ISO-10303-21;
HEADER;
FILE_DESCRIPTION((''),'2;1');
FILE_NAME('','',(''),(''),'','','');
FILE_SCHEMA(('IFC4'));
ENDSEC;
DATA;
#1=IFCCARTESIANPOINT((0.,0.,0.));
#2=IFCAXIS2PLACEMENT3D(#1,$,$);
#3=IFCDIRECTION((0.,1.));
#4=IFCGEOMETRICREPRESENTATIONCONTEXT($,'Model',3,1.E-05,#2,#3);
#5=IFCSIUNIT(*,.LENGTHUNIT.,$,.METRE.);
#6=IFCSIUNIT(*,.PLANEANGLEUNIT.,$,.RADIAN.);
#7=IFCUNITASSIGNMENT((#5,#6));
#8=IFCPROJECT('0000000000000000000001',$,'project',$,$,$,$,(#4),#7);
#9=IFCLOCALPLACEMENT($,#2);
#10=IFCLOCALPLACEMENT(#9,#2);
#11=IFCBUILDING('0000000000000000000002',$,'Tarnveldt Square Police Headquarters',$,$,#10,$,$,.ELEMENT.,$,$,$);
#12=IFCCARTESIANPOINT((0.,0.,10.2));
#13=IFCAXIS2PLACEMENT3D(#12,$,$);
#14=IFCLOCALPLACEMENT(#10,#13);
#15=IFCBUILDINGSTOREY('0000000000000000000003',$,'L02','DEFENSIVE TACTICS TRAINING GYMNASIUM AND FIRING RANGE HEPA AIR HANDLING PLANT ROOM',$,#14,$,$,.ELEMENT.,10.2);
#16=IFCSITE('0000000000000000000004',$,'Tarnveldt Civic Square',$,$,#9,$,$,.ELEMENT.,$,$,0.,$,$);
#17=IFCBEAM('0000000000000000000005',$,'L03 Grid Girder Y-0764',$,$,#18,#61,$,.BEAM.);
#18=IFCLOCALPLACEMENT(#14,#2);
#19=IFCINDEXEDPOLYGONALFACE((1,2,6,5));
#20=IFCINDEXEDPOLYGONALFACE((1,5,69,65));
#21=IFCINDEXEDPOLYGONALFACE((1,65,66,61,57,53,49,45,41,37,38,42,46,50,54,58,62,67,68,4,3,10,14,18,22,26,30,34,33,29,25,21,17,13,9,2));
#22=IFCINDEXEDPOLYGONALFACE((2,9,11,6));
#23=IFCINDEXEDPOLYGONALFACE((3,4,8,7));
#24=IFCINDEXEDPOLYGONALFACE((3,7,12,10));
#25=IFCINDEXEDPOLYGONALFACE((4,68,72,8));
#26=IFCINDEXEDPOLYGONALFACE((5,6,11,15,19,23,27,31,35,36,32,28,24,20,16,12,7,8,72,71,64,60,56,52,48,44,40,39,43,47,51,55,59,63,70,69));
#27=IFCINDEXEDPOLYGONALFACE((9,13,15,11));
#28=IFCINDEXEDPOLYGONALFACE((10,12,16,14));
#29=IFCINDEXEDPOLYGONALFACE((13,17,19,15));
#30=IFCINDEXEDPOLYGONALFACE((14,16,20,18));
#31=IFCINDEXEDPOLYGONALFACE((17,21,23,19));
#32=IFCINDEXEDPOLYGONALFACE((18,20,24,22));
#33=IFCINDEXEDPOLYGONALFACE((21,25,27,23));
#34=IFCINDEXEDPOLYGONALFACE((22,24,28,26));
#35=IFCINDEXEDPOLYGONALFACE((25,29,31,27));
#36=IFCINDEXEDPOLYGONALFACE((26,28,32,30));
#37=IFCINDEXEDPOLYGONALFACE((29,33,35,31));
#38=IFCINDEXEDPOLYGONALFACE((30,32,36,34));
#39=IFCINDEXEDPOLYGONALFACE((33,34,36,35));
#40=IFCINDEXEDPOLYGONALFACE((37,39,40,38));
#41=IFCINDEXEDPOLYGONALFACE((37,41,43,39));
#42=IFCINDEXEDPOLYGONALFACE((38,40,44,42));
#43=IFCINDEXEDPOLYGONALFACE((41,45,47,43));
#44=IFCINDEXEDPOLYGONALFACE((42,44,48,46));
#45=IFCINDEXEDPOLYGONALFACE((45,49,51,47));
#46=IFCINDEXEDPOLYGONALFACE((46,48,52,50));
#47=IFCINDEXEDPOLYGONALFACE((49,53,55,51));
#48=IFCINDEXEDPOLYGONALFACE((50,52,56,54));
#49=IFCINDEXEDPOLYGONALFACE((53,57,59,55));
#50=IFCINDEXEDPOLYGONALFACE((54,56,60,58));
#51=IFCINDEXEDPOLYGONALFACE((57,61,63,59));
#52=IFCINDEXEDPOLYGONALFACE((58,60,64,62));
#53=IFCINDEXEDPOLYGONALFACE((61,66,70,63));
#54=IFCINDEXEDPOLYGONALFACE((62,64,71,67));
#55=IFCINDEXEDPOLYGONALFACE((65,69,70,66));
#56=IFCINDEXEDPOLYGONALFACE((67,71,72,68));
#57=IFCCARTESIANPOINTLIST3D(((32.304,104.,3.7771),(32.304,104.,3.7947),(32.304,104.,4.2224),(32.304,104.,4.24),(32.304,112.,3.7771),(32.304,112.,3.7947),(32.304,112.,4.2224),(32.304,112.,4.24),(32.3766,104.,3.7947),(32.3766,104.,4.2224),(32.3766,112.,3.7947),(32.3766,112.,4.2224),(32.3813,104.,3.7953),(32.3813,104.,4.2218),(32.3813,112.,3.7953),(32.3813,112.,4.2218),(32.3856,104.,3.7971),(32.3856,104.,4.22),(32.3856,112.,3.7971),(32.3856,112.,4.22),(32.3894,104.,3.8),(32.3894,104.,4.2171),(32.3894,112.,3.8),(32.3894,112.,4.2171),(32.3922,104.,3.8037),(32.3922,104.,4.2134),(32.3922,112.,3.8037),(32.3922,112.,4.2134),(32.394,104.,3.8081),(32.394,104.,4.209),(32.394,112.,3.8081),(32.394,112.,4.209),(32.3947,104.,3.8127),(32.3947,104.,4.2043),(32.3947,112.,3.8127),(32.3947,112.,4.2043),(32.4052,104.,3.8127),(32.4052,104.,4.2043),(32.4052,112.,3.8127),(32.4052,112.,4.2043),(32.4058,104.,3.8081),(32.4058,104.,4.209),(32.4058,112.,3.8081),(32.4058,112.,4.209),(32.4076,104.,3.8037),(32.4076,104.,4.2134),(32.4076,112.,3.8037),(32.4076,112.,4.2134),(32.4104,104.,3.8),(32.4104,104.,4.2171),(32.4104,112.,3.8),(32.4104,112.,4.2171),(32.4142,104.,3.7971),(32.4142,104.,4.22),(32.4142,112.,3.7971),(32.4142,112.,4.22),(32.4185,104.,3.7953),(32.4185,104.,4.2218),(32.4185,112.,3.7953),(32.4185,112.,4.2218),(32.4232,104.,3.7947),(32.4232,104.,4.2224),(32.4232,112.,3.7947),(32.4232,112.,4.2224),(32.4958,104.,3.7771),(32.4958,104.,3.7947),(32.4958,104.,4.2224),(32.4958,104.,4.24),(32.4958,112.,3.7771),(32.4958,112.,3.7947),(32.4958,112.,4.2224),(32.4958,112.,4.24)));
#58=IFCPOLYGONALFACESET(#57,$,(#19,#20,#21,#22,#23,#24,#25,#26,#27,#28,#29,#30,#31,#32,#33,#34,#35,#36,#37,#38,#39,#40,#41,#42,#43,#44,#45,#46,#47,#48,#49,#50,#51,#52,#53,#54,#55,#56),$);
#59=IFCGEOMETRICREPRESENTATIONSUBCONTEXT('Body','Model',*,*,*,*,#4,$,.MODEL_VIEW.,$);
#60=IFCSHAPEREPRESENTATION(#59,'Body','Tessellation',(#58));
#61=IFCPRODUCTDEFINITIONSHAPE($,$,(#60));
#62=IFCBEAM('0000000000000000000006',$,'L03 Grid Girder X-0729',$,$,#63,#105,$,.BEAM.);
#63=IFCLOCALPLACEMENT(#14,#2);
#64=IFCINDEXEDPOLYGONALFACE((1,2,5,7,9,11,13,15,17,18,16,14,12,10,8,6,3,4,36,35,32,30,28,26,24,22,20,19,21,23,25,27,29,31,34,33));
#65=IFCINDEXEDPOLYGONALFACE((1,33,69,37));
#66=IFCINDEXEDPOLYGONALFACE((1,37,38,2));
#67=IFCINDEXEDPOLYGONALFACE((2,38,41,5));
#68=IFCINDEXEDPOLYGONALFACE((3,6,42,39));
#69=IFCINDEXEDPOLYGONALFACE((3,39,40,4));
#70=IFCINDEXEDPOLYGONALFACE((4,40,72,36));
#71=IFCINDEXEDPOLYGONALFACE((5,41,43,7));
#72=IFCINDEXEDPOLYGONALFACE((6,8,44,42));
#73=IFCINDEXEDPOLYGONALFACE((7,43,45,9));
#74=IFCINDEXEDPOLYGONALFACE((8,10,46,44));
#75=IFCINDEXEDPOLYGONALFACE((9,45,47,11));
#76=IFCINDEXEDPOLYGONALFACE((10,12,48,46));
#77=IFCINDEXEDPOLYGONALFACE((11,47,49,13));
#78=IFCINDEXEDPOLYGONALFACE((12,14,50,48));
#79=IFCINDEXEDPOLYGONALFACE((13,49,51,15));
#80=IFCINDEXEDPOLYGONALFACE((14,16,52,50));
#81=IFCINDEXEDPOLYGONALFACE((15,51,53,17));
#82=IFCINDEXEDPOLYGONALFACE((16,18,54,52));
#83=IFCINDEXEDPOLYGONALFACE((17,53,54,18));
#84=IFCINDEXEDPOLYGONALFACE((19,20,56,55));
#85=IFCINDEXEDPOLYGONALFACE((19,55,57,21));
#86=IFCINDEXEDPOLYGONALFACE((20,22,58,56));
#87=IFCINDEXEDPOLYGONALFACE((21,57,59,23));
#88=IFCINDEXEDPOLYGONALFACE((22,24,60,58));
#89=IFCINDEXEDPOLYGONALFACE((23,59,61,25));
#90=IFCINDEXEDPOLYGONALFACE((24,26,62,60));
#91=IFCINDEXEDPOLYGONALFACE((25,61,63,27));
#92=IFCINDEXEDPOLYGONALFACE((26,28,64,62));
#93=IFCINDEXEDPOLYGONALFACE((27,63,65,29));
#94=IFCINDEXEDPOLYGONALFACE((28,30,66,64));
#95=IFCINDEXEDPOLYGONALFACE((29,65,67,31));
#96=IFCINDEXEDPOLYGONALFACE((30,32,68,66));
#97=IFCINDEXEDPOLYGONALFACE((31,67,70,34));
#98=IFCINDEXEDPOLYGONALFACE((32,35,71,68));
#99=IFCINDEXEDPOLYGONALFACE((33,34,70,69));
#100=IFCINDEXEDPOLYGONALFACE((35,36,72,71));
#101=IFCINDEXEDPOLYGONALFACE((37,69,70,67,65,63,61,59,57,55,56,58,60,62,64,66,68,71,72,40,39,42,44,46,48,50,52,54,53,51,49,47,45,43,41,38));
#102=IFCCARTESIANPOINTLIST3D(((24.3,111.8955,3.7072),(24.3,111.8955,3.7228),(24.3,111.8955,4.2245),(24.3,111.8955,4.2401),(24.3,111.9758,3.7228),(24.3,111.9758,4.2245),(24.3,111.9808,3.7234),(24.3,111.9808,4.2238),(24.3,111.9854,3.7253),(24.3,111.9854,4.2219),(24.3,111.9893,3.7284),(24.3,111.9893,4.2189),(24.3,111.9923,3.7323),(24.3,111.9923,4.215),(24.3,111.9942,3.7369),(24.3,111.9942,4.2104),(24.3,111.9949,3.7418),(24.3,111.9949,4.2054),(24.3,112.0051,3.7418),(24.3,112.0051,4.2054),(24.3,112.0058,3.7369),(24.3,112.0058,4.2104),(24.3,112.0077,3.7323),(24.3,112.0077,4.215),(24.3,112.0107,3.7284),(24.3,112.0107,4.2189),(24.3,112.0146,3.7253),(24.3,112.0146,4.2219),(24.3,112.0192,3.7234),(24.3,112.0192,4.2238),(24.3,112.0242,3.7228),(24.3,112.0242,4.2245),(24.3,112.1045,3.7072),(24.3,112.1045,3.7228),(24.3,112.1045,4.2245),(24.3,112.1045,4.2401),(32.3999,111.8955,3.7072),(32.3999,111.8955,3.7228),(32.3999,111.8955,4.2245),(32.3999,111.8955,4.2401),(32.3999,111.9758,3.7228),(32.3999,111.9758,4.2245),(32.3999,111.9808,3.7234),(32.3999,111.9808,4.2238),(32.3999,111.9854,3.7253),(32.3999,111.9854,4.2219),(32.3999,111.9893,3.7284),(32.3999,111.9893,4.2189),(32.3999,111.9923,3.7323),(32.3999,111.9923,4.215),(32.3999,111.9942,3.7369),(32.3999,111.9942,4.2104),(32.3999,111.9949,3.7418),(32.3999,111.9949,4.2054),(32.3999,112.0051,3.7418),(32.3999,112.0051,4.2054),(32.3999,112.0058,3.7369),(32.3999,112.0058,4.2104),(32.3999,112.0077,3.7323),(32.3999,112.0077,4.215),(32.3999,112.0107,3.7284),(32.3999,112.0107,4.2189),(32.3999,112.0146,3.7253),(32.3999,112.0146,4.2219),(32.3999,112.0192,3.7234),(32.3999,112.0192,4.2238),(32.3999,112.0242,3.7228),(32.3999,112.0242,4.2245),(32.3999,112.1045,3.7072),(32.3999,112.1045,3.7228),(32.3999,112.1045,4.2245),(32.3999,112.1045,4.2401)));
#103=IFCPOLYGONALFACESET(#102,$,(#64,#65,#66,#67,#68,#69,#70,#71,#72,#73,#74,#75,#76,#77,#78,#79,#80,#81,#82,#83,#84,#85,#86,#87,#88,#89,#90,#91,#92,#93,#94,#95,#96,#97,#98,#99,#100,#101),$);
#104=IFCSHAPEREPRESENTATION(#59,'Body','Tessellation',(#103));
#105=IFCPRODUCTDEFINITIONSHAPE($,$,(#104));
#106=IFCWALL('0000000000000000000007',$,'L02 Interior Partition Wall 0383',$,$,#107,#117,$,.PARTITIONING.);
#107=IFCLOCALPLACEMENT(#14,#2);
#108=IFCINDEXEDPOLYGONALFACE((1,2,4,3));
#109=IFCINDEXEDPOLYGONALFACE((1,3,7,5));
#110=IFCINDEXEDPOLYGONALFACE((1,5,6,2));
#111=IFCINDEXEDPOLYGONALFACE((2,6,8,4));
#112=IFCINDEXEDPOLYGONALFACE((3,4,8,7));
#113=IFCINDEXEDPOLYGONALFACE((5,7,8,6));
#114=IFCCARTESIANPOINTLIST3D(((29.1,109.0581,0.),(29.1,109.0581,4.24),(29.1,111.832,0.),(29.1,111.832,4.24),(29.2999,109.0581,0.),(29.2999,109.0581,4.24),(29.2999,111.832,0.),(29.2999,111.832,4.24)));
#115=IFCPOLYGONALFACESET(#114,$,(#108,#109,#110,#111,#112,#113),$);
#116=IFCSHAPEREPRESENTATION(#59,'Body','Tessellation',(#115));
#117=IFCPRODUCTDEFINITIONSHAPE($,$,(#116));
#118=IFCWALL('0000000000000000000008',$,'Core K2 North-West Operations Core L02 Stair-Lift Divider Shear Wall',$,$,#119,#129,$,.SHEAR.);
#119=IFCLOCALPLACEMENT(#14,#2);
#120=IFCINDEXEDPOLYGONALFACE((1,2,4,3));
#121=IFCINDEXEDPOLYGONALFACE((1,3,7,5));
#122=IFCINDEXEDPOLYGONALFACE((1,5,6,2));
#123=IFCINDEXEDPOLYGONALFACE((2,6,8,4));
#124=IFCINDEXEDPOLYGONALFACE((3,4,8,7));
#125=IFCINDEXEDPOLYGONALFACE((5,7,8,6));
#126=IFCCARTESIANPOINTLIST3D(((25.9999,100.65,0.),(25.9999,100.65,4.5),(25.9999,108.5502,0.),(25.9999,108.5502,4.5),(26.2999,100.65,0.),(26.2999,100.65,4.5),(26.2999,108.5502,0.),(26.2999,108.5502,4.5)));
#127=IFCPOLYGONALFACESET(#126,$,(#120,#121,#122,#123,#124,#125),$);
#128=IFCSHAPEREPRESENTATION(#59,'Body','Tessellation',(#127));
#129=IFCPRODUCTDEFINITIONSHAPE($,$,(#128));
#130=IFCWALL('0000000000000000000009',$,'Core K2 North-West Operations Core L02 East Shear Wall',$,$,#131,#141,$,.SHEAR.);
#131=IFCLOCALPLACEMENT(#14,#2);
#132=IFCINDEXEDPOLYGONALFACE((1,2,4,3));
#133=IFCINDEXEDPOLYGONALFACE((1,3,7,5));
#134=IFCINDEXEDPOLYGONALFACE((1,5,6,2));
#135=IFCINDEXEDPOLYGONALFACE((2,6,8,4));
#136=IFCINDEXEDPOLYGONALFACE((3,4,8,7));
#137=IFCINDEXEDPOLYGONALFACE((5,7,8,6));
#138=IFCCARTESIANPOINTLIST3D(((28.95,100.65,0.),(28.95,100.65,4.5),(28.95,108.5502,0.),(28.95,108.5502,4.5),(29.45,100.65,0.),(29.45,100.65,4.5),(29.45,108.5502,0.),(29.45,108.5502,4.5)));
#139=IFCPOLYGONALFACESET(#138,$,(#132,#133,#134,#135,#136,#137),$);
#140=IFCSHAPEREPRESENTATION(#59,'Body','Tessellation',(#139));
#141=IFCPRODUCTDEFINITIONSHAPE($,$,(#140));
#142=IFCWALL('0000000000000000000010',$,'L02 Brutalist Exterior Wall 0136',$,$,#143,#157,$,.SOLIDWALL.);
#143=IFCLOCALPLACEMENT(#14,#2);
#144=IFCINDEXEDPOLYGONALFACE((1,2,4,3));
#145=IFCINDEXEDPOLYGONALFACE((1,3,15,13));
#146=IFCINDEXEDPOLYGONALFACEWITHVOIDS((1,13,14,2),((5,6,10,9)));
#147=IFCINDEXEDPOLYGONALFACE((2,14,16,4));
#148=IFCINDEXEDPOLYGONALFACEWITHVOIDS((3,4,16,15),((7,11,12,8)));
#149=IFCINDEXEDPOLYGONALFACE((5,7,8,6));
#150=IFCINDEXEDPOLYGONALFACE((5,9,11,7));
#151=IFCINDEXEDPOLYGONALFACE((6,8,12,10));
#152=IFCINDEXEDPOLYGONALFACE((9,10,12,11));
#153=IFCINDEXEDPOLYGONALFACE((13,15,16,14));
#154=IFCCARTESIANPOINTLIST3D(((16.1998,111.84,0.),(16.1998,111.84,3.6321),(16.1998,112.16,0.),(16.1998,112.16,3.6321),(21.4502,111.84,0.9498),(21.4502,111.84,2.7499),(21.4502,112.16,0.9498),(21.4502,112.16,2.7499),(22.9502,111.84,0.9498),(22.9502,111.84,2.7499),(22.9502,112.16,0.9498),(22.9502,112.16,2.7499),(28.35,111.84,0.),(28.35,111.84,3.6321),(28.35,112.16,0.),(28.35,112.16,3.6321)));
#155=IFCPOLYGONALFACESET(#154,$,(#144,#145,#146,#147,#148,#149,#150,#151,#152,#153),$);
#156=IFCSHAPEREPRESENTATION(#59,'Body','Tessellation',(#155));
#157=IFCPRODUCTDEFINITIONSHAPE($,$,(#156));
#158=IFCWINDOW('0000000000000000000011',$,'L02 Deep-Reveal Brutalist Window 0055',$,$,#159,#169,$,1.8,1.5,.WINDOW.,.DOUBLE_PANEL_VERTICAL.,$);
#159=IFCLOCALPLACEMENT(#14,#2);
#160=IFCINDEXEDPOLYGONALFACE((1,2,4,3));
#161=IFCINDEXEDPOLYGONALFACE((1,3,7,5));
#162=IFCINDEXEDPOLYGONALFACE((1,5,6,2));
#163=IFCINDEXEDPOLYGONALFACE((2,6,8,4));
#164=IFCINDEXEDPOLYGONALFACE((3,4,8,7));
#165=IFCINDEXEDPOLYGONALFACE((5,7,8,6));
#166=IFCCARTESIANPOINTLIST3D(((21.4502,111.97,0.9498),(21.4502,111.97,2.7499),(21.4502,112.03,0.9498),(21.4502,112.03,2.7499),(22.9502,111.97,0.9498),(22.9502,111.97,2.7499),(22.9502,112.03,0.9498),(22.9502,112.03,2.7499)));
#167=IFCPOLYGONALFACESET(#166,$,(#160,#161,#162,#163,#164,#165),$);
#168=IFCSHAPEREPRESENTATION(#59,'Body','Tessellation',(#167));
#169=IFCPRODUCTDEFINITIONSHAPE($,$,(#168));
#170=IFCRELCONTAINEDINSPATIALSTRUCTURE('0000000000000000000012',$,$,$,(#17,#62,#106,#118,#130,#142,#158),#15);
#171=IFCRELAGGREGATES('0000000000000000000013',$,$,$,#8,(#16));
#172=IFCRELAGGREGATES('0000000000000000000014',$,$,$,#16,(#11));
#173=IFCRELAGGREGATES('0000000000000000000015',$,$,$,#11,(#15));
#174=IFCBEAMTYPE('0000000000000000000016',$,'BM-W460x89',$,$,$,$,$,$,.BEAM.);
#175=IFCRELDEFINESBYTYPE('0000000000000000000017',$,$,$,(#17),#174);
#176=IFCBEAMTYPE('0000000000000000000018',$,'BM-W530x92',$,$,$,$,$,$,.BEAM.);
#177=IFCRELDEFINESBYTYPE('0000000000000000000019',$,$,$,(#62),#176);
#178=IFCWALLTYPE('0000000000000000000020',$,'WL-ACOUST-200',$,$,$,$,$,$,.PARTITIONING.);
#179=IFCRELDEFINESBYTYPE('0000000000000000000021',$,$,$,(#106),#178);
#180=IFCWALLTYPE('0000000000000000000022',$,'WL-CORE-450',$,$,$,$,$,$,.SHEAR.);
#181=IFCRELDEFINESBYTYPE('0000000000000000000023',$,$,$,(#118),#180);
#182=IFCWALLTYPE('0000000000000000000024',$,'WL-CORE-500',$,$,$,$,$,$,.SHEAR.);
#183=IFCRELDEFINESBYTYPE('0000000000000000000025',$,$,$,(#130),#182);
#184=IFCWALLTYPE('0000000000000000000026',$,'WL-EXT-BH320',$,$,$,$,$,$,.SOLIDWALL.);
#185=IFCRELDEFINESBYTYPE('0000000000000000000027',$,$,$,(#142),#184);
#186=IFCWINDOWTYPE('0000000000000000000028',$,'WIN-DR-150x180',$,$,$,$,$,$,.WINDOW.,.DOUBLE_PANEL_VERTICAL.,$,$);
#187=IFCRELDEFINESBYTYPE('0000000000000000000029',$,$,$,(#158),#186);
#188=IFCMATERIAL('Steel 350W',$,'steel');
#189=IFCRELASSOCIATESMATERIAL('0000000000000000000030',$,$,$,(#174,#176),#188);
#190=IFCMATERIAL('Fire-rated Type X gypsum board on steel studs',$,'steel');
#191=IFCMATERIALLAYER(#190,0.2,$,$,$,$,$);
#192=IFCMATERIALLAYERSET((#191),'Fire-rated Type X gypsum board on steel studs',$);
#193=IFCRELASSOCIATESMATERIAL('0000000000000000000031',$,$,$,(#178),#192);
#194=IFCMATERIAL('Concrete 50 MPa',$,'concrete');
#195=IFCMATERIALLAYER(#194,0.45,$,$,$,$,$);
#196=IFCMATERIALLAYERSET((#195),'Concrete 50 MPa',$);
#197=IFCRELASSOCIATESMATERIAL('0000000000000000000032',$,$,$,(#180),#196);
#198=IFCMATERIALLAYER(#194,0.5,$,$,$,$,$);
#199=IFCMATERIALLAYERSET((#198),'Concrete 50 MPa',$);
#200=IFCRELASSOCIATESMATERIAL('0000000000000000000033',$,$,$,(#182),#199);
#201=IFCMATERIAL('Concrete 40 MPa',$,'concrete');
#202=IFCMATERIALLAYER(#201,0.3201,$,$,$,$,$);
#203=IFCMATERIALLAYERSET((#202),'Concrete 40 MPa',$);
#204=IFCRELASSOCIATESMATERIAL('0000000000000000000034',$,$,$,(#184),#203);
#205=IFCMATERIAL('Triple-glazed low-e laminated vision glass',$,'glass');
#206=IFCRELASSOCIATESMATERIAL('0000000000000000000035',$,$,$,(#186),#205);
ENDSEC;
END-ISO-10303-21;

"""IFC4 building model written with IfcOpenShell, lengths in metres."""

from ifc_helpers import new_model, si_unit, direction, frame, frame_2d, origin, origin_2d, place, context, subcontext, project, spatial, rectangle, i_section, extrude, material, layer, layer_set, material_profile, profile_set, type_object, element, fill, save


model = new_model("IFC4")

# Units and contexts
model_context = context("Model", 3, precision=1e-05, world=origin(), true_north=direction((0.0, 1.0)))
body_context = subcontext(model_context, "Body", "Model", "MODEL_VIEW")
ifc_project = project(units=[si_unit("LENGTHUNIT", "METRE"), si_unit("PLANEANGLEUNIT", "RADIAN")], contexts=[model_context])

# Site, building, storey
site_placement = place(None, origin())
site = spatial("IfcSite", under=ifc_project, at=site_placement, Name="Tarnveldt Civic Square", CompositionType="ELEMENT", RefElevation=0.0)
building_placement = place(site_placement, origin())
building = spatial("IfcBuilding", under=site, at=building_placement, Name="Tarnveldt Square Police Headquarters", CompositionType="ELEMENT")
storey_placement = place(building_placement, frame((0.0, 0.0, 10.2)))
storey = spatial("IfcBuildingStorey", under=building, at=storey_placement, Name="L02", Description="DEFENSIVE TACTICS TRAINING GYMNASIUM AND FIRING RANGE HEPA AIR HANDLING PLANT ROOM", CompositionType="ELEMENT", Elevation=10.2)

# Shared definitions
ifc_material_1 = material(Name="Concrete 50 MPa", Category="concrete")

# Beams
ifc_material_2 = material(Name="Concrete 40 MPa", Category="concrete")
ifc_material_3 = material(Name="Steel 350W", Category="steel")
ifc_material_profile_1 = material_profile(ifc_material_3, i_section(OverallWidth=0.1919, OverallDepth=0.4629, WebThickness=0.0105, FlangeThickness=0.0176, FilletRadius=0.0181, at=origin_2d()), Name="W460x89")
ifc_profile_set_1 = profile_set([ifc_material_profile_1], Name="Steel 350W")
beam_type_1 = type_object("IfcBeamType", Name="BM-W460x89", PredefinedType="BEAM", material=ifc_profile_set_1)
beam_1_placement = place(storey_placement, frame((32.3999, 104.0, 4.0085), z_axis=(0.0, 1.0, 0.0), x_axis=(-1.0, 0.0, 0.0)))
element("IfcBeam", 1, at=beam_1_placement, inside=storey, type_object=beam_type_1, Name="L03 Grid Girder Y-0764", PredefinedType="BEAM", context=body_context, shape_type="SweptSolid", body=[
    extrude(i_section(OverallWidth=0.1919, OverallDepth=0.4629, WebThickness=0.0105, FlangeThickness=0.0176, FilletRadius=0.0181, at=origin_2d()), origin(), (0.0, 0.0, 1.0), 8.0),
])
ifc_material_profile_2 = material_profile(ifc_material_3, i_section(OverallWidth=0.209, OverallDepth=0.533, WebThickness=0.0103, FlangeThickness=0.0156, FilletRadius=0.019, at=origin_2d()), Name="W530x92")
ifc_profile_set_2 = profile_set([ifc_material_profile_2], Name="Steel 350W")
beam_type_2 = type_object("IfcBeamType", Name="BM-W530x92", PredefinedType="BEAM", material=ifc_profile_set_2)
beam_2_placement = place(storey_placement, frame((24.3, 112.0, 3.9736), z_axis=(1.0, 0.0, 0.0), x_axis=(0.0, 1.0, 0.0)))
element("IfcBeam", 2, at=beam_2_placement, inside=storey, type_object=beam_type_2, Name="L03 Grid Girder X-0729", PredefinedType="BEAM", context=body_context, shape_type="SweptSolid", body=[
    extrude(i_section(OverallWidth=0.209, OverallDepth=0.533, WebThickness=0.0103, FlangeThickness=0.0156, FilletRadius=0.019, at=origin_2d()), origin(), (0.0, 0.0, 1.0), 8.0999),
])

# Walls
ifc_material_4 = material(Name="Fire-rated Type X gypsum board on steel studs", Category="steel")
ifc_layer_1 = layer(ifc_material_4, 0.2)
ifc_layer_set_1 = layer_set([ifc_layer_1], Name="Fire-rated Type X gypsum board on steel studs")
wall_type_1 = type_object("IfcWallType", Name="WL-ACOUST-200", PredefinedType="PARTITIONING", material=ifc_layer_set_1)
wall_1_placement = place(storey_placement, frame((29.2, 109.0581, 0.0), z_axis=(0.0, 0.0, 1.0), x_axis=(0.0, 1.0, 0.0)))
element("IfcWall", 3, at=wall_1_placement, inside=storey, type_object=wall_type_1, Name="L02 Interior Partition Wall 0383", PredefinedType="PARTITIONING", context=body_context, shape_type="SweptSolid", body=[
    extrude(rectangle(XDim=2.7739, YDim=0.2, at=frame_2d((1.387, 0.0))), origin(), (0.0, 0.0, 1.0), 4.24),
])
ifc_layer_2 = layer(ifc_material_1, 0.45)
ifc_layer_set_2 = layer_set([ifc_layer_2], Name="Concrete 50 MPa")
wall_type_2 = type_object("IfcWallType", Name="WL-CORE-450", PredefinedType="SHEAR", material=ifc_layer_set_2)
wall_2_placement = place(storey_placement, frame((26.1499, 100.6499, 0.0), z_axis=(0.0, 0.0, 1.0), x_axis=(0.0, 1.0, 0.0)))
element("IfcWall", 4, at=wall_2_placement, inside=storey, type_object=wall_type_2, Name="Core K2 North-West Operations Core L02 Stair-Lift Divider Shear Wall", PredefinedType="SHEAR", context=body_context, shape_type="SweptSolid", body=[
    extrude(rectangle(XDim=7.9001, YDim=0.3, at=frame_2d((3.9502, 0.0))), origin(), (0.0, 0.0, 1.0), 4.5),
])
ifc_layer_3 = layer(ifc_material_1, 0.5)
ifc_layer_set_3 = layer_set([ifc_layer_3], Name="Concrete 50 MPa")
wall_type_3 = type_object("IfcWallType", Name="WL-CORE-500", PredefinedType="SHEAR", material=ifc_layer_set_3)
wall_3_placement = place(storey_placement, frame((29.2, 100.6499, 0.0), z_axis=(0.0, 0.0, 1.0), x_axis=(0.0, 1.0, 0.0)))
element("IfcWall", 5, at=wall_3_placement, inside=storey, type_object=wall_type_3, Name="Core K2 North-West Operations Core L02 East Shear Wall", PredefinedType="SHEAR", context=body_context, shape_type="SweptSolid", body=[
    extrude(rectangle(XDim=7.9001, YDim=0.5, at=frame_2d((3.9502, 0.0))), origin(), (0.0, 0.0, 1.0), 4.5),
])

# Wall, opening, window
ifc_layer_4 = layer(ifc_material_2, 0.3201)
ifc_layer_set_4 = layer_set([ifc_layer_4], Name="Concrete 40 MPa")
wall_type_4 = type_object("IfcWallType", Name="WL-EXT-BH320", PredefinedType="SOLIDWALL", material=ifc_layer_set_4)
wall_4_placement = place(storey_placement, frame((28.3501, 112.0, 0.0), z_axis=(0.0, 0.0, 1.0), x_axis=(-1.0, 0.0, 0.0)))
wall_4 = element("IfcWall", 6, at=wall_4_placement, inside=storey, type_object=wall_type_4, Name="L02 Brutalist Exterior Wall 0136", PredefinedType="SOLIDWALL", context=body_context, shape_type="SweptSolid", body=[
    extrude(rectangle(XDim=12.1501, YDim=0.3201, at=frame_2d((6.0752, 0.0))), origin(), (0.0, 0.0, 1.0), 3.6321),
])
opening_1_placement = place(wall_4_placement, frame((5.3999, 0.0, 0.95)))
opening_1 = element("IfcOpeningElement", 7, at=opening_1_placement, cuts=wall_4, PredefinedType="OPENING", context=body_context, shape_type="SweptSolid", body=[
    extrude(rectangle(XDim=1.5, YDim=1.8, at=frame_2d((0.75, 0.8999))), frame((0.0, 0.1699, 0.0), z_axis=(0.0, -1.0, 0.0), x_axis=(1.0, 0.0, 0.0)), (0.0, 0.0, 1.0), 0.3401),
])
ifc_material_5 = material(Name="Triple-glazed low-e laminated vision glass", Category="glass")
window_type = type_object("IfcWindowType", Name="WIN-DR-150x180", PartitioningType="DOUBLE_PANEL_VERTICAL", PredefinedType="WINDOW", material=ifc_material_5)
window_placement = place(opening_1_placement, origin())
window = element("IfcWindow", 8, at=window_placement, inside=storey, type_object=window_type, Name="L02 Deep-Reveal Brutalist Window 0055", OverallHeight=1.8, OverallWidth=1.5, PartitioningType="DOUBLE_PANEL_VERTICAL", PredefinedType="WINDOW", context=body_context, shape_type="SweptSolid", body=[
    extrude(rectangle(XDim=1.5, YDim=1.8, at=frame_2d((0.75, 0.8999))), frame((0.0, 0.03, 0.0), z_axis=(0.0, -1.0, 0.0), x_axis=(1.0, 0.0, 0.0)), (0.0, 0.0, 1.0), 0.0601),
])
fill(opening_1, window)

save(model, "model.ifc")
